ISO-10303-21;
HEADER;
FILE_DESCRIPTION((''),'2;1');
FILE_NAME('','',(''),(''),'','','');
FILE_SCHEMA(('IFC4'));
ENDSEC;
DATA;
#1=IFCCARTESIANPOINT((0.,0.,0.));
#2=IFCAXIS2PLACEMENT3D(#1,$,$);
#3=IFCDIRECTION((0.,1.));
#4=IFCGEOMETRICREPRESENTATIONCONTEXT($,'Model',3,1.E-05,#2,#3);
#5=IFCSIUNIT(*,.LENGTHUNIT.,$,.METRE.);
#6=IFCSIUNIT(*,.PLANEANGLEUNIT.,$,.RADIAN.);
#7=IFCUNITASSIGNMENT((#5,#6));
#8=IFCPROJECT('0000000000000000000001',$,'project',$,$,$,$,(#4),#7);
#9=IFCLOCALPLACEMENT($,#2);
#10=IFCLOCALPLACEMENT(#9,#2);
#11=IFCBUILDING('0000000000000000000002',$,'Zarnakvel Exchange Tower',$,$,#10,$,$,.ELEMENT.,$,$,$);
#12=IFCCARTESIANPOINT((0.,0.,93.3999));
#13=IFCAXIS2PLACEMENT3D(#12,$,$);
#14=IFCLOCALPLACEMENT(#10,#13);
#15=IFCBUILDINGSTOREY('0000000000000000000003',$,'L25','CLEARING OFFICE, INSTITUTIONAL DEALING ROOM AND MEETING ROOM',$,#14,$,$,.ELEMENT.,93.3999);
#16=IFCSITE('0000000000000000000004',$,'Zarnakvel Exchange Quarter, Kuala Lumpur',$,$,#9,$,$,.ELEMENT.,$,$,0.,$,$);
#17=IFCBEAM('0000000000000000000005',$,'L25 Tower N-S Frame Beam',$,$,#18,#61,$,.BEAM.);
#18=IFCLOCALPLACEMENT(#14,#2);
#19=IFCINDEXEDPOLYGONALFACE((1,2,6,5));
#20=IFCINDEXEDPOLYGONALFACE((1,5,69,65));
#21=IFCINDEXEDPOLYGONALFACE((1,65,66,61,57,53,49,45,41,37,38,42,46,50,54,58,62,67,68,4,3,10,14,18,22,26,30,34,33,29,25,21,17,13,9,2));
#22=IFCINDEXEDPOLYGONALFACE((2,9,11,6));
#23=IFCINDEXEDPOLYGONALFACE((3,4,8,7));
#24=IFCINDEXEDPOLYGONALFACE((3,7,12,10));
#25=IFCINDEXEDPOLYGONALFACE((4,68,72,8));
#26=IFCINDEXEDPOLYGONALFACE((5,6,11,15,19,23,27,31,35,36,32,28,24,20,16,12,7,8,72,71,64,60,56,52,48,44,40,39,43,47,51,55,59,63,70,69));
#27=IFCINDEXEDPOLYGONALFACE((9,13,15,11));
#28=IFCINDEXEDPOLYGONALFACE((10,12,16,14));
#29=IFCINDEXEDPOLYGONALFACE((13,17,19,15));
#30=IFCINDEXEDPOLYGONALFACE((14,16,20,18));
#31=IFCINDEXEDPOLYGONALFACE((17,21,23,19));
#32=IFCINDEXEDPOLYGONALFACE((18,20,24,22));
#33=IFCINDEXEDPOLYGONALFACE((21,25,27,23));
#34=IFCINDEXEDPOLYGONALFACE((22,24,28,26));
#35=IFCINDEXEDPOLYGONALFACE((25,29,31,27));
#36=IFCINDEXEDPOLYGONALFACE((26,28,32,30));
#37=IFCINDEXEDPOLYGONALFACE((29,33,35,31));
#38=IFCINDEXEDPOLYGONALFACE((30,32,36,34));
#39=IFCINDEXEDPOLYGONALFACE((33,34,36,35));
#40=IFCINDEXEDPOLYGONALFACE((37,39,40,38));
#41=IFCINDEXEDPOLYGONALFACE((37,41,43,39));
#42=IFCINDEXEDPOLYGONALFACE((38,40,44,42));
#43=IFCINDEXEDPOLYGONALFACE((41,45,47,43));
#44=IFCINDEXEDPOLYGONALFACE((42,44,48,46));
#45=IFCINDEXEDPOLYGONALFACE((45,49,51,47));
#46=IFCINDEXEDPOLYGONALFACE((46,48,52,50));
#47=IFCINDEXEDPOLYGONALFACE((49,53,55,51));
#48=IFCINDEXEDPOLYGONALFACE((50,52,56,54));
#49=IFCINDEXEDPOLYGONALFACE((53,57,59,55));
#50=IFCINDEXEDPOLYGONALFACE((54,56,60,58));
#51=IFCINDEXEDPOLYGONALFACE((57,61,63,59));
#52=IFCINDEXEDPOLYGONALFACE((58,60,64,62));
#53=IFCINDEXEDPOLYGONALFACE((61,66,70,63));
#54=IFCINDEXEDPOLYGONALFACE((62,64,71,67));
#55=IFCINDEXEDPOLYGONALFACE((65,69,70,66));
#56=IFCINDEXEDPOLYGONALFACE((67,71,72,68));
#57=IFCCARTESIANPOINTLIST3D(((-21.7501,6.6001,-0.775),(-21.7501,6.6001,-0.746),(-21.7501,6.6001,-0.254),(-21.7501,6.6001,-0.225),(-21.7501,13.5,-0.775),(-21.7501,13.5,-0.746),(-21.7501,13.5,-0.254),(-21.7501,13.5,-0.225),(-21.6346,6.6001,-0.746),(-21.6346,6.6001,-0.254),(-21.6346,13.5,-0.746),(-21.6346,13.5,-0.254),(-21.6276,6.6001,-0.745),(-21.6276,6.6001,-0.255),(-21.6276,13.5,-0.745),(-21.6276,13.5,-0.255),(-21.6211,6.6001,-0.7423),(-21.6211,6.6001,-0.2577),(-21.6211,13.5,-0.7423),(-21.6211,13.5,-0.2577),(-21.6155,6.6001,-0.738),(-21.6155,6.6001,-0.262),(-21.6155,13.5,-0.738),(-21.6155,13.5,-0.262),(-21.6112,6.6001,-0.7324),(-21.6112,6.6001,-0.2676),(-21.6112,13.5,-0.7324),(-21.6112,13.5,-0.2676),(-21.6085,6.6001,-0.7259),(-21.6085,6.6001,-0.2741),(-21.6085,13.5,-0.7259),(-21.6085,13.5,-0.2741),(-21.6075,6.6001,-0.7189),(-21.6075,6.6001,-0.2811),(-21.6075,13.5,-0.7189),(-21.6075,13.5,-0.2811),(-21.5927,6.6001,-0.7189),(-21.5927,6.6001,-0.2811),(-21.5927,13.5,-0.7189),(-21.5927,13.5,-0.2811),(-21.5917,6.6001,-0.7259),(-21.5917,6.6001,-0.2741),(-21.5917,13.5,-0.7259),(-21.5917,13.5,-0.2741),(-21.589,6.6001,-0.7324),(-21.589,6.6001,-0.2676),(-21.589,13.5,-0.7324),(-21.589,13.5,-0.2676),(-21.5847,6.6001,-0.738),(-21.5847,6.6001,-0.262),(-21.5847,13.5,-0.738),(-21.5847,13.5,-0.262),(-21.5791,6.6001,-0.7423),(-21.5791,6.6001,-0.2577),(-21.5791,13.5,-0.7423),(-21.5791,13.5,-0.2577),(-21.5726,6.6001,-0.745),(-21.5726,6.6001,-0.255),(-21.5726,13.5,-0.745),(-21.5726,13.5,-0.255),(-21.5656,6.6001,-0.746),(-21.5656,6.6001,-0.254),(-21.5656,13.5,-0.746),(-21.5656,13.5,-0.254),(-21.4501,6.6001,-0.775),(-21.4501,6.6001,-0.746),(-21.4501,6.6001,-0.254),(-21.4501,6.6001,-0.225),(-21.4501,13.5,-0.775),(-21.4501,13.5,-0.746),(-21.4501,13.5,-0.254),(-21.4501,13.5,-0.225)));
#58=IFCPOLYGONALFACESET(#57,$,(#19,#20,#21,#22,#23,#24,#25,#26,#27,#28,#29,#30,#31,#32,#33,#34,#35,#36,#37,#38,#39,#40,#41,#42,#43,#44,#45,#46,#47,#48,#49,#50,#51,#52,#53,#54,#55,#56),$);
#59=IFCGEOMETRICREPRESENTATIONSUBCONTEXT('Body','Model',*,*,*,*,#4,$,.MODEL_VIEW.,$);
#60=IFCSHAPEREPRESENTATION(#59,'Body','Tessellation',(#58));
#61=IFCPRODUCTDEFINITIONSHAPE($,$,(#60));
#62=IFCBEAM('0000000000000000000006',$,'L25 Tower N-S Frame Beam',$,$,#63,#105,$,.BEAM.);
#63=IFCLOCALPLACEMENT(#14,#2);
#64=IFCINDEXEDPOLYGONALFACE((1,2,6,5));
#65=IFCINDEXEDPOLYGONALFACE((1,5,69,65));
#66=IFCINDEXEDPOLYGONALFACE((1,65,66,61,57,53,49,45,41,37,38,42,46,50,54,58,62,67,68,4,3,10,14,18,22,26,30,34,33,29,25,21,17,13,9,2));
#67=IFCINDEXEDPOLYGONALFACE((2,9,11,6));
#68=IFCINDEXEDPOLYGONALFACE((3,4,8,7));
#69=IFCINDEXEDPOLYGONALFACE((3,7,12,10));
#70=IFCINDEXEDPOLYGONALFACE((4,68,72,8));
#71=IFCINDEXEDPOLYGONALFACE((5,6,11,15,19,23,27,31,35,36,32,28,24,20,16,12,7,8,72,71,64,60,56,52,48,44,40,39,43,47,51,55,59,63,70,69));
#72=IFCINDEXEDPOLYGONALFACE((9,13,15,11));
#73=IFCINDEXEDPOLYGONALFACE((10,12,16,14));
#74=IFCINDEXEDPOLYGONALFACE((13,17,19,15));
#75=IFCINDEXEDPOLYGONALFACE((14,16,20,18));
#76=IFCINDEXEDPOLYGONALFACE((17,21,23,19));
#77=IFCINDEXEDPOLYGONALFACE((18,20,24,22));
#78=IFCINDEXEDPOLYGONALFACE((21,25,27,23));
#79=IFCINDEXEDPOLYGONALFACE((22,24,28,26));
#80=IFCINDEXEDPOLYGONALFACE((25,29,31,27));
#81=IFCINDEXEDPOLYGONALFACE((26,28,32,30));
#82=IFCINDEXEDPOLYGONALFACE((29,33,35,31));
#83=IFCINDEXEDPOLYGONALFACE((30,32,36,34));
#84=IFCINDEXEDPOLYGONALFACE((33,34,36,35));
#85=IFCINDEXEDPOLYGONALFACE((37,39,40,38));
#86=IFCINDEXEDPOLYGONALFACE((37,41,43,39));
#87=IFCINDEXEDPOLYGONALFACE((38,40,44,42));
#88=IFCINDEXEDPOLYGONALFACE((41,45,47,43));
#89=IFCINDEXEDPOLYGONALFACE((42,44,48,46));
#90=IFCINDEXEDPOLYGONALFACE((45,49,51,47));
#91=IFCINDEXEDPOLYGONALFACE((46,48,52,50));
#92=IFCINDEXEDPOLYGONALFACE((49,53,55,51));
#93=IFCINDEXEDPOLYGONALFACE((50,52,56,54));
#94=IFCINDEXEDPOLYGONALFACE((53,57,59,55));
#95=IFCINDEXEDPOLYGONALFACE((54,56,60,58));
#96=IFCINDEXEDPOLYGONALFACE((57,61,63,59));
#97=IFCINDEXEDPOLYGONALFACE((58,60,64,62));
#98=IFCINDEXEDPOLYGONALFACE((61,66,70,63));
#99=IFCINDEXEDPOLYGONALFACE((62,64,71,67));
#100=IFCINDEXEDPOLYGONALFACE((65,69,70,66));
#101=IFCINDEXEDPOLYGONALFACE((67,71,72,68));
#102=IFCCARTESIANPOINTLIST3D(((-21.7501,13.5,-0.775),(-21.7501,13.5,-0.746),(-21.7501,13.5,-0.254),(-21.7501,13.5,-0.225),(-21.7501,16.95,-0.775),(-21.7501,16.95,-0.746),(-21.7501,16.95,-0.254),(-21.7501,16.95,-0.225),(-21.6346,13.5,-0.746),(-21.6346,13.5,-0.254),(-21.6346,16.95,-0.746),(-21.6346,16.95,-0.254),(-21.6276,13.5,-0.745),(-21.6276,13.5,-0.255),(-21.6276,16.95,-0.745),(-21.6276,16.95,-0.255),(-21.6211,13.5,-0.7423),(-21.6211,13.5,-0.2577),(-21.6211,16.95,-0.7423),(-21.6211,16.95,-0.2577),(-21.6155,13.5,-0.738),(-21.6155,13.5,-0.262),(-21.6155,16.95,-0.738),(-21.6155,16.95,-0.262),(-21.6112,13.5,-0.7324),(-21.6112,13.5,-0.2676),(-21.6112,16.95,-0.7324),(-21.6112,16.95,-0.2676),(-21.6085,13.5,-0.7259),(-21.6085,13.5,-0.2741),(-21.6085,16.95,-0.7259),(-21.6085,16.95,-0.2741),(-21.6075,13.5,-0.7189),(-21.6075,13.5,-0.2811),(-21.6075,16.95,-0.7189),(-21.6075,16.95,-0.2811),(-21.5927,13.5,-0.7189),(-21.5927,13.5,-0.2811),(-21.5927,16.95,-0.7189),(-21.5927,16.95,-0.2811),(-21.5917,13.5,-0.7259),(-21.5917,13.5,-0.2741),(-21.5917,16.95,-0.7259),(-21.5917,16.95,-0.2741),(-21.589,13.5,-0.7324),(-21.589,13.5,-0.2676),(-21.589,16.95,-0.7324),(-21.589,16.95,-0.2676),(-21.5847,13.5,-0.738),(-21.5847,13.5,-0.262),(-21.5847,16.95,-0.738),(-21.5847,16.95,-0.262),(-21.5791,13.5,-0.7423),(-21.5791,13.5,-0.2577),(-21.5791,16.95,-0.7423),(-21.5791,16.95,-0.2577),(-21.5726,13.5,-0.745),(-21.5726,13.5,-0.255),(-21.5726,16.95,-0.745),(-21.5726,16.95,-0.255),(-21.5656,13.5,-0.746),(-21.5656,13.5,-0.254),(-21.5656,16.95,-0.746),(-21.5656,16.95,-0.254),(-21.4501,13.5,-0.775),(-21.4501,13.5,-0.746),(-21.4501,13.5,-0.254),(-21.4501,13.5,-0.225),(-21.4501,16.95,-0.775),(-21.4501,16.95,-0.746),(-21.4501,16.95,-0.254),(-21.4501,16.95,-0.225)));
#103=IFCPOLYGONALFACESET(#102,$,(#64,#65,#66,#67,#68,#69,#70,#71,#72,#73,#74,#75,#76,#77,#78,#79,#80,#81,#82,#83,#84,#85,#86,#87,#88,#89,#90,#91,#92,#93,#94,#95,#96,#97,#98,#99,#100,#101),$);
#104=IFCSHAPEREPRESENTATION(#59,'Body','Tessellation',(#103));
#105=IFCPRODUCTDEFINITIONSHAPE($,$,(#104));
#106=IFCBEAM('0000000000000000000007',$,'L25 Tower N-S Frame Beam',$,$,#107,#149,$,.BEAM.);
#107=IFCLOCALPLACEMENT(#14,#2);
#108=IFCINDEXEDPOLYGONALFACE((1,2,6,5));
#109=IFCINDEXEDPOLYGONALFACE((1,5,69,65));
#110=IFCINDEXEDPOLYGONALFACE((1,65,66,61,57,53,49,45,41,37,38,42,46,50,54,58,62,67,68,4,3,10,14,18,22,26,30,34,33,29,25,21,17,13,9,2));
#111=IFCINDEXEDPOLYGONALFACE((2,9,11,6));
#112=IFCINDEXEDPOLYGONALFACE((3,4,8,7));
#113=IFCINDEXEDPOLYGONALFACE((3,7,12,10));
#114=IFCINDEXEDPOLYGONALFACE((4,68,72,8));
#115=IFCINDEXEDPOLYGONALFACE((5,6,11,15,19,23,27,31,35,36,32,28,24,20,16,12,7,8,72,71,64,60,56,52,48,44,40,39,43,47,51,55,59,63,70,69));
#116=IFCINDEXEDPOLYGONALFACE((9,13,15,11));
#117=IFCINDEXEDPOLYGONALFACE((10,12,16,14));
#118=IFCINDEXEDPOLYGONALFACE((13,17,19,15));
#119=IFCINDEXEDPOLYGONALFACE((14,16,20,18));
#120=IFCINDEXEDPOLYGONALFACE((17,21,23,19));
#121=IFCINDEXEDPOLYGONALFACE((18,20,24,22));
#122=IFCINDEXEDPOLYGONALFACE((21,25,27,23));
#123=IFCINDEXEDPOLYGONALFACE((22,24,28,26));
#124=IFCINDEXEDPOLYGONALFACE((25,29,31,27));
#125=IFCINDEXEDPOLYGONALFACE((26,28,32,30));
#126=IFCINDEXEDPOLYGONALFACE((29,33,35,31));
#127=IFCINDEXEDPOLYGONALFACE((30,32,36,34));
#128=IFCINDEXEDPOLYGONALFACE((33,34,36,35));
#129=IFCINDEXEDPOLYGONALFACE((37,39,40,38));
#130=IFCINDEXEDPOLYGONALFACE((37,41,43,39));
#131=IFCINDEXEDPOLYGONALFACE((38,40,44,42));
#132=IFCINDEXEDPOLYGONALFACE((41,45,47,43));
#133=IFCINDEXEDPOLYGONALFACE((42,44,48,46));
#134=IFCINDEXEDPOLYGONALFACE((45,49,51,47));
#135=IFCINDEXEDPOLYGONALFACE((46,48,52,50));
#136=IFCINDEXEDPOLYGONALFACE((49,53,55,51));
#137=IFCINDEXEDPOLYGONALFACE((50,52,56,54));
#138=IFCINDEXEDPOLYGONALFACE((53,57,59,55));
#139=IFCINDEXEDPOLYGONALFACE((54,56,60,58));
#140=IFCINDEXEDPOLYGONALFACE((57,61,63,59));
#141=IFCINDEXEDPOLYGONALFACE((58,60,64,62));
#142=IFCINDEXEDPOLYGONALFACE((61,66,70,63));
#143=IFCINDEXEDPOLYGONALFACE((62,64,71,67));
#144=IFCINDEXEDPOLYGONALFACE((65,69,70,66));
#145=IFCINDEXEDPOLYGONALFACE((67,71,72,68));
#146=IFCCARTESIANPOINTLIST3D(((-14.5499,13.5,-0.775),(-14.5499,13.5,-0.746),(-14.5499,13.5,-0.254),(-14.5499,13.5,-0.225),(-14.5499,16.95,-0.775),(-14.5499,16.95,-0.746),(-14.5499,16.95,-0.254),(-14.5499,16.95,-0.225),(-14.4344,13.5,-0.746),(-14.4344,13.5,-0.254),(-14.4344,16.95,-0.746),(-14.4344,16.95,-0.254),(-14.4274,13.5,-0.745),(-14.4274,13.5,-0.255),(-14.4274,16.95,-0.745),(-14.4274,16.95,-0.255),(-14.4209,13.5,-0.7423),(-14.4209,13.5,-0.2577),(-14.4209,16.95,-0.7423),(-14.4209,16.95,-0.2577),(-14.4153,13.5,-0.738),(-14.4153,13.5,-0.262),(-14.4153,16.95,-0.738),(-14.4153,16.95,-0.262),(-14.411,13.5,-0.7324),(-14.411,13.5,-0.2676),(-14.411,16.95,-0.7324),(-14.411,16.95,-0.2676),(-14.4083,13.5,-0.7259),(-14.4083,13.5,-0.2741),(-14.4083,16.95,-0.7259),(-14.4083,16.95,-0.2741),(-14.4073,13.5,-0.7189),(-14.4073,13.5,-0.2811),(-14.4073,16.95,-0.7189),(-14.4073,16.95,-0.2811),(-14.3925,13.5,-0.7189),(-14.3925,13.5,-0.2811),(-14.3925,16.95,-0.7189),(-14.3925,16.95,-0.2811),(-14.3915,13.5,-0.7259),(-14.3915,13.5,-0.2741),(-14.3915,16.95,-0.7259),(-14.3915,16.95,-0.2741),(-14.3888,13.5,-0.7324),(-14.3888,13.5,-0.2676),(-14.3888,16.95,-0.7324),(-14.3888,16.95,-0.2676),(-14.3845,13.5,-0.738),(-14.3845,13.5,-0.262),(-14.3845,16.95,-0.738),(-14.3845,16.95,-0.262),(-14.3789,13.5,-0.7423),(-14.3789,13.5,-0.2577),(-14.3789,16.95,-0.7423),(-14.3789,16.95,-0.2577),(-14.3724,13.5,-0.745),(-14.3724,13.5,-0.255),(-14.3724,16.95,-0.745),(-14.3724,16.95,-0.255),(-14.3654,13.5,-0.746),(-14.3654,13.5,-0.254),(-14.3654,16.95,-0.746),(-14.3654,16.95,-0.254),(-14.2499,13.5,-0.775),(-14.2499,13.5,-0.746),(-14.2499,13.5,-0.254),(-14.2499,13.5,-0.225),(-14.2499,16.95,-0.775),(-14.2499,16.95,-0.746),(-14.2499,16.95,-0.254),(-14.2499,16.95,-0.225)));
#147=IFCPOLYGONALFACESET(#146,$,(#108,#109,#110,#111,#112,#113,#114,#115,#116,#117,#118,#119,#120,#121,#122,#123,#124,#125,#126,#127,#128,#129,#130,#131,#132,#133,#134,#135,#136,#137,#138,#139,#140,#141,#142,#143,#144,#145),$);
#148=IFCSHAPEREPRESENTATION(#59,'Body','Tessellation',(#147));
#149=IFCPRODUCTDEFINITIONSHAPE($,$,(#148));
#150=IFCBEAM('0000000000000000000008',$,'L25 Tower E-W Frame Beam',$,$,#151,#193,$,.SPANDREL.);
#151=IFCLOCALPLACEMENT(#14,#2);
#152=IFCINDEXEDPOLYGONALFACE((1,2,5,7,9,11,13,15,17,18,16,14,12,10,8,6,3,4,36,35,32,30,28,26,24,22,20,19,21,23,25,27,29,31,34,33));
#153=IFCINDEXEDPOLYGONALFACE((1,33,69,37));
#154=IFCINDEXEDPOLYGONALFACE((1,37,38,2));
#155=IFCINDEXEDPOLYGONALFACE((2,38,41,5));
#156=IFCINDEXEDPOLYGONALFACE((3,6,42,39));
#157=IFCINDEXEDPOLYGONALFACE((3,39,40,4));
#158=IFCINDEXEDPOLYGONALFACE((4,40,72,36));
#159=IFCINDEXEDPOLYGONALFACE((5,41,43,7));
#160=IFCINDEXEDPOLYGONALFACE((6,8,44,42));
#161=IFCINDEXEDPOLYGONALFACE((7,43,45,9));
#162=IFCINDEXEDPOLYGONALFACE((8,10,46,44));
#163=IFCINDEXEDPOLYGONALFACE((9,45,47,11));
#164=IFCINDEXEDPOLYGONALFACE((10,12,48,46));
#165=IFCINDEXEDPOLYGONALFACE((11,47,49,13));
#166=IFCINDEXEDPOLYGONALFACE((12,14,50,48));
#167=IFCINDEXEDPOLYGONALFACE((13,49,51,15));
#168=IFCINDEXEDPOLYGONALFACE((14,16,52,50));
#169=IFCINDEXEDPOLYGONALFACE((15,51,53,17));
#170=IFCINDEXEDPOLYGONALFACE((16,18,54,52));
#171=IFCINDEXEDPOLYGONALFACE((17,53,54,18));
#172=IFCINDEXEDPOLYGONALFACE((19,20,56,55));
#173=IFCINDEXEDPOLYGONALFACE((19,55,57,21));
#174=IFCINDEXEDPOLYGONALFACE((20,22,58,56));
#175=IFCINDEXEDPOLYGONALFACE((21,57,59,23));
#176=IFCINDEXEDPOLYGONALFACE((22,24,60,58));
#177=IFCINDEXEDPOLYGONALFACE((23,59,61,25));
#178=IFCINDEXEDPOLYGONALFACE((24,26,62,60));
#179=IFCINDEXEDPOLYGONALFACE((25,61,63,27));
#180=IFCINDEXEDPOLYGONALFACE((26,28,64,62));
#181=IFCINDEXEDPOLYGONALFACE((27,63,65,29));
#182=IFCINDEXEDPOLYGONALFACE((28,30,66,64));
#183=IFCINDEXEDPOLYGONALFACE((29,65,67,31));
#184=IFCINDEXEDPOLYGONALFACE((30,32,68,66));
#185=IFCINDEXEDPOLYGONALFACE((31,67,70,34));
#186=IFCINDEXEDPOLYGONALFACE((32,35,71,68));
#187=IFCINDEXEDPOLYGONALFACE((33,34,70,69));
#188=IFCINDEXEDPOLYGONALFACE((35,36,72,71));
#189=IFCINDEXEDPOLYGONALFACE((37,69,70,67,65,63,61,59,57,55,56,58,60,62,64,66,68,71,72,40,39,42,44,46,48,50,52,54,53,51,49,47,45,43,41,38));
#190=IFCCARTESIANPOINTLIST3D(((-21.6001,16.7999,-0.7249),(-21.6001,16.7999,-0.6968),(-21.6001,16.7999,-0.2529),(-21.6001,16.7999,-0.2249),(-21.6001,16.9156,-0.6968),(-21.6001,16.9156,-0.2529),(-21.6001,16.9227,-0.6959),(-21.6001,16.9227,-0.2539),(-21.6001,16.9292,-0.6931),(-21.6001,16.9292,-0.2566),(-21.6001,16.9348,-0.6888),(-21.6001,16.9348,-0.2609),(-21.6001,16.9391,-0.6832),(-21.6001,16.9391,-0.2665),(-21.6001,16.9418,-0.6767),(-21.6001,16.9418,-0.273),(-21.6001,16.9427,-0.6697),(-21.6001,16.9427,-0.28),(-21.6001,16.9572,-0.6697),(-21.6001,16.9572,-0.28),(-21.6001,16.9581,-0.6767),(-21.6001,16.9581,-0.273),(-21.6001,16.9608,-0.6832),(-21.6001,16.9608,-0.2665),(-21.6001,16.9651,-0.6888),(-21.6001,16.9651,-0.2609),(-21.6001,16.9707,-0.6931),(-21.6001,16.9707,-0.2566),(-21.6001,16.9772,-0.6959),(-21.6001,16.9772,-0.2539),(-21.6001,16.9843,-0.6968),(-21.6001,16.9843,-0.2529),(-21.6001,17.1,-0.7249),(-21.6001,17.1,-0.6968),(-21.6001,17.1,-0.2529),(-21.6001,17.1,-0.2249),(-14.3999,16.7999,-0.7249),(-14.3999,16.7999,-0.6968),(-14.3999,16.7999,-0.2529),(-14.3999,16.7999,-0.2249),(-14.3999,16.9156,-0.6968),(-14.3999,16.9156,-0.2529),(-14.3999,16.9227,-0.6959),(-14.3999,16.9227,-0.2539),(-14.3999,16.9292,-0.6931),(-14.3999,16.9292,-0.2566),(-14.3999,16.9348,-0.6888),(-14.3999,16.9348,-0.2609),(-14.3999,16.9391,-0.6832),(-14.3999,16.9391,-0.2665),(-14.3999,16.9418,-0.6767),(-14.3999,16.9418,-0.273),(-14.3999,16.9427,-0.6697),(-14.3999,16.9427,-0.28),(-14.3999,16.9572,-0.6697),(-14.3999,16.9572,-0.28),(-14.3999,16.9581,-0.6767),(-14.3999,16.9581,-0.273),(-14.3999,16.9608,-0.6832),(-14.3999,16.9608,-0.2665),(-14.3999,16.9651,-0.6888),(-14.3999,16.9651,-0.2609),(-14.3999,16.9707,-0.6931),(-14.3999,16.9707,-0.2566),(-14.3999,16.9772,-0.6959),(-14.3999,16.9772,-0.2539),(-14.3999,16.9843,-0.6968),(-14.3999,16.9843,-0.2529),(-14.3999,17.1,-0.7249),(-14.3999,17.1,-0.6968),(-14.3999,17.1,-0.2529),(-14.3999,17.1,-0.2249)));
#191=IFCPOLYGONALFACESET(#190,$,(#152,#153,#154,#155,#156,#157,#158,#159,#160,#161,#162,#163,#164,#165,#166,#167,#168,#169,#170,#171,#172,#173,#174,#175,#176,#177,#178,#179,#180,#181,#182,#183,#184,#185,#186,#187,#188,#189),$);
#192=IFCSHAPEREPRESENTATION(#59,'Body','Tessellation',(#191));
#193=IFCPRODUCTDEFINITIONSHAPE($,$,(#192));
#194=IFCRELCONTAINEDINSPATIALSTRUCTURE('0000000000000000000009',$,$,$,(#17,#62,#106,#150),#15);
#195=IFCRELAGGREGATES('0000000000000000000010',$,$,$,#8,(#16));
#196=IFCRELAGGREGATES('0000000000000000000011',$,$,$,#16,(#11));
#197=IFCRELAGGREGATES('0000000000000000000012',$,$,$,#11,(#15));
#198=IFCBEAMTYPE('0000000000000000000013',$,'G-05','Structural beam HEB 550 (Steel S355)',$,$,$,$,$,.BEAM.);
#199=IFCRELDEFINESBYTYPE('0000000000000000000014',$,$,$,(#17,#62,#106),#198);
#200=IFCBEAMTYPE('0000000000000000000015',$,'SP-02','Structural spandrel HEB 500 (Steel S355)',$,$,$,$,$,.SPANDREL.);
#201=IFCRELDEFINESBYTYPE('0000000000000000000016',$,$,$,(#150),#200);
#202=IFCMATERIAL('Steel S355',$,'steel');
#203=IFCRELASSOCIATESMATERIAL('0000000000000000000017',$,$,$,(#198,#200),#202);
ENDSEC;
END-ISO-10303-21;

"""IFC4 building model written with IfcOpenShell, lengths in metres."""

from ifc_helpers import new_model, si_unit, direction, frame, origin, origin_2d, place, context, subcontext, project, spatial, i_section, extrude, material, material_profile, profile_set, type_object, element, save


model = new_model("IFC4")

# Units and contexts
model_context = context("Model", 3, precision=1e-05, world=origin(), true_north=direction((0.0, 1.0)))
body_context = subcontext(model_context, "Body", "Model", "MODEL_VIEW")
ifc_project = project(units=[si_unit("LENGTHUNIT", "METRE"), si_unit("PLANEANGLEUNIT", "RADIAN")], contexts=[model_context])

# Site, building, storey
site_placement = place(None, origin())
site = spatial("IfcSite", under=ifc_project, at=site_placement, Name="Zarnakvel Exchange Quarter, Kuala Lumpur", CompositionType="ELEMENT", RefElevation=0.0)
building_placement = place(site_placement, origin())
building = spatial("IfcBuilding", under=site, at=building_placement, Name="Zarnakvel Exchange Tower", CompositionType="ELEMENT")
storey_placement = place(building_placement, frame((0.0, 0.0, 93.3999)))
storey = spatial("IfcBuildingStorey", under=building, at=storey_placement, Name="L25", Description="CLEARING OFFICE, INSTITUTIONAL DEALING ROOM AND MEETING ROOM", CompositionType="ELEMENT", Elevation=93.3999)

# Beams
ifc_material_1 = material(Name="Steel S355", Category="steel")
ifc_material_profile_1 = material_profile(ifc_material_1, i_section(OverallWidth=0.3, OverallDepth=0.55, WebThickness=0.0149, FlangeThickness=0.0291, FilletRadius=0.0271, at=origin_2d()))
ifc_profile_set_1 = profile_set([ifc_material_profile_1], Name="Steel S355")
beam_type_1 = type_object("IfcBeamType", Name="G-05", Description="Structural beam HEB 550 (Steel S355)", PredefinedType="BEAM", material=ifc_profile_set_1)
beam_1_placement = place(storey_placement, frame((-21.6001, 6.6001, -0.5), z_axis=(0.0, 1.0, 0.0), x_axis=(-1.0, 0.0, 0.0)))
element("IfcBeam", 1, at=beam_1_placement, inside=storey, type_object=beam_type_1, Name="L25 Tower N-S Frame Beam", PredefinedType="BEAM", context=body_context, shape_type="SweptSolid", body=[
    extrude(i_section(OverallWidth=0.3, OverallDepth=0.55, WebThickness=0.0149, FlangeThickness=0.0291, FilletRadius=0.0271, at=origin_2d()), origin(), (0.0, 0.0, 1.0), 6.8999),
])
for number, where, z_axis, x_axis, name in (
    (2, (-21.6001, 13.5, -0.5), (0.0, 1.0, 0.0), (-1.0, 0.0, 0.0), "L25 Tower N-S Frame Beam"),
    (3, (-14.3999, 13.5, -0.5), (0.0, 1.0, 0.0), (-1.0, 0.0, 0.0), "L25 Tower N-S Frame Beam"),
):
    element("IfcBeam", number, at=place(storey_placement, frame(where, z_axis=z_axis, x_axis=x_axis)), inside=storey, type_object=beam_type_1, Name=name, PredefinedType="BEAM", context=body_context, shape_type="SweptSolid", body=[
        extrude(i_section(OverallWidth=0.3, OverallDepth=0.55, WebThickness=0.0149, FlangeThickness=0.0291, FilletRadius=0.0271, at=origin_2d()), origin(), (0.0, 0.0, 1.0), 3.45),
    ])
ifc_material_profile_2 = material_profile(ifc_material_1, i_section(OverallWidth=0.3, OverallDepth=0.5, WebThickness=0.0144, FlangeThickness=0.0281, FilletRadius=0.0271, at=origin_2d()))
ifc_profile_set_2 = profile_set([ifc_material_profile_2], Name="Steel S355")
beam_type_2 = type_object("IfcBeamType", Name="SP-02", Description="Structural spandrel HEB 500 (Steel S355)", PredefinedType="SPANDREL", material=ifc_profile_set_2)
beam_2_placement = place(storey_placement, frame((-21.6001, 16.95, -0.4749), z_axis=(1.0, 0.0, 0.0), x_axis=(0.0, 1.0, 0.0)))
element("IfcBeam", 4, at=beam_2_placement, inside=storey, type_object=beam_type_2, Name="L25 Tower E-W Frame Beam", PredefinedType="SPANDREL", context=body_context, shape_type="SweptSolid", body=[
    extrude(i_section(OverallWidth=0.3, OverallDepth=0.5, WebThickness=0.0144, FlangeThickness=0.0281, FilletRadius=0.0271, at=origin_2d()), origin(), (0.0, 0.0, 1.0), 7.2002),
])

save(model, "model.ifc")
